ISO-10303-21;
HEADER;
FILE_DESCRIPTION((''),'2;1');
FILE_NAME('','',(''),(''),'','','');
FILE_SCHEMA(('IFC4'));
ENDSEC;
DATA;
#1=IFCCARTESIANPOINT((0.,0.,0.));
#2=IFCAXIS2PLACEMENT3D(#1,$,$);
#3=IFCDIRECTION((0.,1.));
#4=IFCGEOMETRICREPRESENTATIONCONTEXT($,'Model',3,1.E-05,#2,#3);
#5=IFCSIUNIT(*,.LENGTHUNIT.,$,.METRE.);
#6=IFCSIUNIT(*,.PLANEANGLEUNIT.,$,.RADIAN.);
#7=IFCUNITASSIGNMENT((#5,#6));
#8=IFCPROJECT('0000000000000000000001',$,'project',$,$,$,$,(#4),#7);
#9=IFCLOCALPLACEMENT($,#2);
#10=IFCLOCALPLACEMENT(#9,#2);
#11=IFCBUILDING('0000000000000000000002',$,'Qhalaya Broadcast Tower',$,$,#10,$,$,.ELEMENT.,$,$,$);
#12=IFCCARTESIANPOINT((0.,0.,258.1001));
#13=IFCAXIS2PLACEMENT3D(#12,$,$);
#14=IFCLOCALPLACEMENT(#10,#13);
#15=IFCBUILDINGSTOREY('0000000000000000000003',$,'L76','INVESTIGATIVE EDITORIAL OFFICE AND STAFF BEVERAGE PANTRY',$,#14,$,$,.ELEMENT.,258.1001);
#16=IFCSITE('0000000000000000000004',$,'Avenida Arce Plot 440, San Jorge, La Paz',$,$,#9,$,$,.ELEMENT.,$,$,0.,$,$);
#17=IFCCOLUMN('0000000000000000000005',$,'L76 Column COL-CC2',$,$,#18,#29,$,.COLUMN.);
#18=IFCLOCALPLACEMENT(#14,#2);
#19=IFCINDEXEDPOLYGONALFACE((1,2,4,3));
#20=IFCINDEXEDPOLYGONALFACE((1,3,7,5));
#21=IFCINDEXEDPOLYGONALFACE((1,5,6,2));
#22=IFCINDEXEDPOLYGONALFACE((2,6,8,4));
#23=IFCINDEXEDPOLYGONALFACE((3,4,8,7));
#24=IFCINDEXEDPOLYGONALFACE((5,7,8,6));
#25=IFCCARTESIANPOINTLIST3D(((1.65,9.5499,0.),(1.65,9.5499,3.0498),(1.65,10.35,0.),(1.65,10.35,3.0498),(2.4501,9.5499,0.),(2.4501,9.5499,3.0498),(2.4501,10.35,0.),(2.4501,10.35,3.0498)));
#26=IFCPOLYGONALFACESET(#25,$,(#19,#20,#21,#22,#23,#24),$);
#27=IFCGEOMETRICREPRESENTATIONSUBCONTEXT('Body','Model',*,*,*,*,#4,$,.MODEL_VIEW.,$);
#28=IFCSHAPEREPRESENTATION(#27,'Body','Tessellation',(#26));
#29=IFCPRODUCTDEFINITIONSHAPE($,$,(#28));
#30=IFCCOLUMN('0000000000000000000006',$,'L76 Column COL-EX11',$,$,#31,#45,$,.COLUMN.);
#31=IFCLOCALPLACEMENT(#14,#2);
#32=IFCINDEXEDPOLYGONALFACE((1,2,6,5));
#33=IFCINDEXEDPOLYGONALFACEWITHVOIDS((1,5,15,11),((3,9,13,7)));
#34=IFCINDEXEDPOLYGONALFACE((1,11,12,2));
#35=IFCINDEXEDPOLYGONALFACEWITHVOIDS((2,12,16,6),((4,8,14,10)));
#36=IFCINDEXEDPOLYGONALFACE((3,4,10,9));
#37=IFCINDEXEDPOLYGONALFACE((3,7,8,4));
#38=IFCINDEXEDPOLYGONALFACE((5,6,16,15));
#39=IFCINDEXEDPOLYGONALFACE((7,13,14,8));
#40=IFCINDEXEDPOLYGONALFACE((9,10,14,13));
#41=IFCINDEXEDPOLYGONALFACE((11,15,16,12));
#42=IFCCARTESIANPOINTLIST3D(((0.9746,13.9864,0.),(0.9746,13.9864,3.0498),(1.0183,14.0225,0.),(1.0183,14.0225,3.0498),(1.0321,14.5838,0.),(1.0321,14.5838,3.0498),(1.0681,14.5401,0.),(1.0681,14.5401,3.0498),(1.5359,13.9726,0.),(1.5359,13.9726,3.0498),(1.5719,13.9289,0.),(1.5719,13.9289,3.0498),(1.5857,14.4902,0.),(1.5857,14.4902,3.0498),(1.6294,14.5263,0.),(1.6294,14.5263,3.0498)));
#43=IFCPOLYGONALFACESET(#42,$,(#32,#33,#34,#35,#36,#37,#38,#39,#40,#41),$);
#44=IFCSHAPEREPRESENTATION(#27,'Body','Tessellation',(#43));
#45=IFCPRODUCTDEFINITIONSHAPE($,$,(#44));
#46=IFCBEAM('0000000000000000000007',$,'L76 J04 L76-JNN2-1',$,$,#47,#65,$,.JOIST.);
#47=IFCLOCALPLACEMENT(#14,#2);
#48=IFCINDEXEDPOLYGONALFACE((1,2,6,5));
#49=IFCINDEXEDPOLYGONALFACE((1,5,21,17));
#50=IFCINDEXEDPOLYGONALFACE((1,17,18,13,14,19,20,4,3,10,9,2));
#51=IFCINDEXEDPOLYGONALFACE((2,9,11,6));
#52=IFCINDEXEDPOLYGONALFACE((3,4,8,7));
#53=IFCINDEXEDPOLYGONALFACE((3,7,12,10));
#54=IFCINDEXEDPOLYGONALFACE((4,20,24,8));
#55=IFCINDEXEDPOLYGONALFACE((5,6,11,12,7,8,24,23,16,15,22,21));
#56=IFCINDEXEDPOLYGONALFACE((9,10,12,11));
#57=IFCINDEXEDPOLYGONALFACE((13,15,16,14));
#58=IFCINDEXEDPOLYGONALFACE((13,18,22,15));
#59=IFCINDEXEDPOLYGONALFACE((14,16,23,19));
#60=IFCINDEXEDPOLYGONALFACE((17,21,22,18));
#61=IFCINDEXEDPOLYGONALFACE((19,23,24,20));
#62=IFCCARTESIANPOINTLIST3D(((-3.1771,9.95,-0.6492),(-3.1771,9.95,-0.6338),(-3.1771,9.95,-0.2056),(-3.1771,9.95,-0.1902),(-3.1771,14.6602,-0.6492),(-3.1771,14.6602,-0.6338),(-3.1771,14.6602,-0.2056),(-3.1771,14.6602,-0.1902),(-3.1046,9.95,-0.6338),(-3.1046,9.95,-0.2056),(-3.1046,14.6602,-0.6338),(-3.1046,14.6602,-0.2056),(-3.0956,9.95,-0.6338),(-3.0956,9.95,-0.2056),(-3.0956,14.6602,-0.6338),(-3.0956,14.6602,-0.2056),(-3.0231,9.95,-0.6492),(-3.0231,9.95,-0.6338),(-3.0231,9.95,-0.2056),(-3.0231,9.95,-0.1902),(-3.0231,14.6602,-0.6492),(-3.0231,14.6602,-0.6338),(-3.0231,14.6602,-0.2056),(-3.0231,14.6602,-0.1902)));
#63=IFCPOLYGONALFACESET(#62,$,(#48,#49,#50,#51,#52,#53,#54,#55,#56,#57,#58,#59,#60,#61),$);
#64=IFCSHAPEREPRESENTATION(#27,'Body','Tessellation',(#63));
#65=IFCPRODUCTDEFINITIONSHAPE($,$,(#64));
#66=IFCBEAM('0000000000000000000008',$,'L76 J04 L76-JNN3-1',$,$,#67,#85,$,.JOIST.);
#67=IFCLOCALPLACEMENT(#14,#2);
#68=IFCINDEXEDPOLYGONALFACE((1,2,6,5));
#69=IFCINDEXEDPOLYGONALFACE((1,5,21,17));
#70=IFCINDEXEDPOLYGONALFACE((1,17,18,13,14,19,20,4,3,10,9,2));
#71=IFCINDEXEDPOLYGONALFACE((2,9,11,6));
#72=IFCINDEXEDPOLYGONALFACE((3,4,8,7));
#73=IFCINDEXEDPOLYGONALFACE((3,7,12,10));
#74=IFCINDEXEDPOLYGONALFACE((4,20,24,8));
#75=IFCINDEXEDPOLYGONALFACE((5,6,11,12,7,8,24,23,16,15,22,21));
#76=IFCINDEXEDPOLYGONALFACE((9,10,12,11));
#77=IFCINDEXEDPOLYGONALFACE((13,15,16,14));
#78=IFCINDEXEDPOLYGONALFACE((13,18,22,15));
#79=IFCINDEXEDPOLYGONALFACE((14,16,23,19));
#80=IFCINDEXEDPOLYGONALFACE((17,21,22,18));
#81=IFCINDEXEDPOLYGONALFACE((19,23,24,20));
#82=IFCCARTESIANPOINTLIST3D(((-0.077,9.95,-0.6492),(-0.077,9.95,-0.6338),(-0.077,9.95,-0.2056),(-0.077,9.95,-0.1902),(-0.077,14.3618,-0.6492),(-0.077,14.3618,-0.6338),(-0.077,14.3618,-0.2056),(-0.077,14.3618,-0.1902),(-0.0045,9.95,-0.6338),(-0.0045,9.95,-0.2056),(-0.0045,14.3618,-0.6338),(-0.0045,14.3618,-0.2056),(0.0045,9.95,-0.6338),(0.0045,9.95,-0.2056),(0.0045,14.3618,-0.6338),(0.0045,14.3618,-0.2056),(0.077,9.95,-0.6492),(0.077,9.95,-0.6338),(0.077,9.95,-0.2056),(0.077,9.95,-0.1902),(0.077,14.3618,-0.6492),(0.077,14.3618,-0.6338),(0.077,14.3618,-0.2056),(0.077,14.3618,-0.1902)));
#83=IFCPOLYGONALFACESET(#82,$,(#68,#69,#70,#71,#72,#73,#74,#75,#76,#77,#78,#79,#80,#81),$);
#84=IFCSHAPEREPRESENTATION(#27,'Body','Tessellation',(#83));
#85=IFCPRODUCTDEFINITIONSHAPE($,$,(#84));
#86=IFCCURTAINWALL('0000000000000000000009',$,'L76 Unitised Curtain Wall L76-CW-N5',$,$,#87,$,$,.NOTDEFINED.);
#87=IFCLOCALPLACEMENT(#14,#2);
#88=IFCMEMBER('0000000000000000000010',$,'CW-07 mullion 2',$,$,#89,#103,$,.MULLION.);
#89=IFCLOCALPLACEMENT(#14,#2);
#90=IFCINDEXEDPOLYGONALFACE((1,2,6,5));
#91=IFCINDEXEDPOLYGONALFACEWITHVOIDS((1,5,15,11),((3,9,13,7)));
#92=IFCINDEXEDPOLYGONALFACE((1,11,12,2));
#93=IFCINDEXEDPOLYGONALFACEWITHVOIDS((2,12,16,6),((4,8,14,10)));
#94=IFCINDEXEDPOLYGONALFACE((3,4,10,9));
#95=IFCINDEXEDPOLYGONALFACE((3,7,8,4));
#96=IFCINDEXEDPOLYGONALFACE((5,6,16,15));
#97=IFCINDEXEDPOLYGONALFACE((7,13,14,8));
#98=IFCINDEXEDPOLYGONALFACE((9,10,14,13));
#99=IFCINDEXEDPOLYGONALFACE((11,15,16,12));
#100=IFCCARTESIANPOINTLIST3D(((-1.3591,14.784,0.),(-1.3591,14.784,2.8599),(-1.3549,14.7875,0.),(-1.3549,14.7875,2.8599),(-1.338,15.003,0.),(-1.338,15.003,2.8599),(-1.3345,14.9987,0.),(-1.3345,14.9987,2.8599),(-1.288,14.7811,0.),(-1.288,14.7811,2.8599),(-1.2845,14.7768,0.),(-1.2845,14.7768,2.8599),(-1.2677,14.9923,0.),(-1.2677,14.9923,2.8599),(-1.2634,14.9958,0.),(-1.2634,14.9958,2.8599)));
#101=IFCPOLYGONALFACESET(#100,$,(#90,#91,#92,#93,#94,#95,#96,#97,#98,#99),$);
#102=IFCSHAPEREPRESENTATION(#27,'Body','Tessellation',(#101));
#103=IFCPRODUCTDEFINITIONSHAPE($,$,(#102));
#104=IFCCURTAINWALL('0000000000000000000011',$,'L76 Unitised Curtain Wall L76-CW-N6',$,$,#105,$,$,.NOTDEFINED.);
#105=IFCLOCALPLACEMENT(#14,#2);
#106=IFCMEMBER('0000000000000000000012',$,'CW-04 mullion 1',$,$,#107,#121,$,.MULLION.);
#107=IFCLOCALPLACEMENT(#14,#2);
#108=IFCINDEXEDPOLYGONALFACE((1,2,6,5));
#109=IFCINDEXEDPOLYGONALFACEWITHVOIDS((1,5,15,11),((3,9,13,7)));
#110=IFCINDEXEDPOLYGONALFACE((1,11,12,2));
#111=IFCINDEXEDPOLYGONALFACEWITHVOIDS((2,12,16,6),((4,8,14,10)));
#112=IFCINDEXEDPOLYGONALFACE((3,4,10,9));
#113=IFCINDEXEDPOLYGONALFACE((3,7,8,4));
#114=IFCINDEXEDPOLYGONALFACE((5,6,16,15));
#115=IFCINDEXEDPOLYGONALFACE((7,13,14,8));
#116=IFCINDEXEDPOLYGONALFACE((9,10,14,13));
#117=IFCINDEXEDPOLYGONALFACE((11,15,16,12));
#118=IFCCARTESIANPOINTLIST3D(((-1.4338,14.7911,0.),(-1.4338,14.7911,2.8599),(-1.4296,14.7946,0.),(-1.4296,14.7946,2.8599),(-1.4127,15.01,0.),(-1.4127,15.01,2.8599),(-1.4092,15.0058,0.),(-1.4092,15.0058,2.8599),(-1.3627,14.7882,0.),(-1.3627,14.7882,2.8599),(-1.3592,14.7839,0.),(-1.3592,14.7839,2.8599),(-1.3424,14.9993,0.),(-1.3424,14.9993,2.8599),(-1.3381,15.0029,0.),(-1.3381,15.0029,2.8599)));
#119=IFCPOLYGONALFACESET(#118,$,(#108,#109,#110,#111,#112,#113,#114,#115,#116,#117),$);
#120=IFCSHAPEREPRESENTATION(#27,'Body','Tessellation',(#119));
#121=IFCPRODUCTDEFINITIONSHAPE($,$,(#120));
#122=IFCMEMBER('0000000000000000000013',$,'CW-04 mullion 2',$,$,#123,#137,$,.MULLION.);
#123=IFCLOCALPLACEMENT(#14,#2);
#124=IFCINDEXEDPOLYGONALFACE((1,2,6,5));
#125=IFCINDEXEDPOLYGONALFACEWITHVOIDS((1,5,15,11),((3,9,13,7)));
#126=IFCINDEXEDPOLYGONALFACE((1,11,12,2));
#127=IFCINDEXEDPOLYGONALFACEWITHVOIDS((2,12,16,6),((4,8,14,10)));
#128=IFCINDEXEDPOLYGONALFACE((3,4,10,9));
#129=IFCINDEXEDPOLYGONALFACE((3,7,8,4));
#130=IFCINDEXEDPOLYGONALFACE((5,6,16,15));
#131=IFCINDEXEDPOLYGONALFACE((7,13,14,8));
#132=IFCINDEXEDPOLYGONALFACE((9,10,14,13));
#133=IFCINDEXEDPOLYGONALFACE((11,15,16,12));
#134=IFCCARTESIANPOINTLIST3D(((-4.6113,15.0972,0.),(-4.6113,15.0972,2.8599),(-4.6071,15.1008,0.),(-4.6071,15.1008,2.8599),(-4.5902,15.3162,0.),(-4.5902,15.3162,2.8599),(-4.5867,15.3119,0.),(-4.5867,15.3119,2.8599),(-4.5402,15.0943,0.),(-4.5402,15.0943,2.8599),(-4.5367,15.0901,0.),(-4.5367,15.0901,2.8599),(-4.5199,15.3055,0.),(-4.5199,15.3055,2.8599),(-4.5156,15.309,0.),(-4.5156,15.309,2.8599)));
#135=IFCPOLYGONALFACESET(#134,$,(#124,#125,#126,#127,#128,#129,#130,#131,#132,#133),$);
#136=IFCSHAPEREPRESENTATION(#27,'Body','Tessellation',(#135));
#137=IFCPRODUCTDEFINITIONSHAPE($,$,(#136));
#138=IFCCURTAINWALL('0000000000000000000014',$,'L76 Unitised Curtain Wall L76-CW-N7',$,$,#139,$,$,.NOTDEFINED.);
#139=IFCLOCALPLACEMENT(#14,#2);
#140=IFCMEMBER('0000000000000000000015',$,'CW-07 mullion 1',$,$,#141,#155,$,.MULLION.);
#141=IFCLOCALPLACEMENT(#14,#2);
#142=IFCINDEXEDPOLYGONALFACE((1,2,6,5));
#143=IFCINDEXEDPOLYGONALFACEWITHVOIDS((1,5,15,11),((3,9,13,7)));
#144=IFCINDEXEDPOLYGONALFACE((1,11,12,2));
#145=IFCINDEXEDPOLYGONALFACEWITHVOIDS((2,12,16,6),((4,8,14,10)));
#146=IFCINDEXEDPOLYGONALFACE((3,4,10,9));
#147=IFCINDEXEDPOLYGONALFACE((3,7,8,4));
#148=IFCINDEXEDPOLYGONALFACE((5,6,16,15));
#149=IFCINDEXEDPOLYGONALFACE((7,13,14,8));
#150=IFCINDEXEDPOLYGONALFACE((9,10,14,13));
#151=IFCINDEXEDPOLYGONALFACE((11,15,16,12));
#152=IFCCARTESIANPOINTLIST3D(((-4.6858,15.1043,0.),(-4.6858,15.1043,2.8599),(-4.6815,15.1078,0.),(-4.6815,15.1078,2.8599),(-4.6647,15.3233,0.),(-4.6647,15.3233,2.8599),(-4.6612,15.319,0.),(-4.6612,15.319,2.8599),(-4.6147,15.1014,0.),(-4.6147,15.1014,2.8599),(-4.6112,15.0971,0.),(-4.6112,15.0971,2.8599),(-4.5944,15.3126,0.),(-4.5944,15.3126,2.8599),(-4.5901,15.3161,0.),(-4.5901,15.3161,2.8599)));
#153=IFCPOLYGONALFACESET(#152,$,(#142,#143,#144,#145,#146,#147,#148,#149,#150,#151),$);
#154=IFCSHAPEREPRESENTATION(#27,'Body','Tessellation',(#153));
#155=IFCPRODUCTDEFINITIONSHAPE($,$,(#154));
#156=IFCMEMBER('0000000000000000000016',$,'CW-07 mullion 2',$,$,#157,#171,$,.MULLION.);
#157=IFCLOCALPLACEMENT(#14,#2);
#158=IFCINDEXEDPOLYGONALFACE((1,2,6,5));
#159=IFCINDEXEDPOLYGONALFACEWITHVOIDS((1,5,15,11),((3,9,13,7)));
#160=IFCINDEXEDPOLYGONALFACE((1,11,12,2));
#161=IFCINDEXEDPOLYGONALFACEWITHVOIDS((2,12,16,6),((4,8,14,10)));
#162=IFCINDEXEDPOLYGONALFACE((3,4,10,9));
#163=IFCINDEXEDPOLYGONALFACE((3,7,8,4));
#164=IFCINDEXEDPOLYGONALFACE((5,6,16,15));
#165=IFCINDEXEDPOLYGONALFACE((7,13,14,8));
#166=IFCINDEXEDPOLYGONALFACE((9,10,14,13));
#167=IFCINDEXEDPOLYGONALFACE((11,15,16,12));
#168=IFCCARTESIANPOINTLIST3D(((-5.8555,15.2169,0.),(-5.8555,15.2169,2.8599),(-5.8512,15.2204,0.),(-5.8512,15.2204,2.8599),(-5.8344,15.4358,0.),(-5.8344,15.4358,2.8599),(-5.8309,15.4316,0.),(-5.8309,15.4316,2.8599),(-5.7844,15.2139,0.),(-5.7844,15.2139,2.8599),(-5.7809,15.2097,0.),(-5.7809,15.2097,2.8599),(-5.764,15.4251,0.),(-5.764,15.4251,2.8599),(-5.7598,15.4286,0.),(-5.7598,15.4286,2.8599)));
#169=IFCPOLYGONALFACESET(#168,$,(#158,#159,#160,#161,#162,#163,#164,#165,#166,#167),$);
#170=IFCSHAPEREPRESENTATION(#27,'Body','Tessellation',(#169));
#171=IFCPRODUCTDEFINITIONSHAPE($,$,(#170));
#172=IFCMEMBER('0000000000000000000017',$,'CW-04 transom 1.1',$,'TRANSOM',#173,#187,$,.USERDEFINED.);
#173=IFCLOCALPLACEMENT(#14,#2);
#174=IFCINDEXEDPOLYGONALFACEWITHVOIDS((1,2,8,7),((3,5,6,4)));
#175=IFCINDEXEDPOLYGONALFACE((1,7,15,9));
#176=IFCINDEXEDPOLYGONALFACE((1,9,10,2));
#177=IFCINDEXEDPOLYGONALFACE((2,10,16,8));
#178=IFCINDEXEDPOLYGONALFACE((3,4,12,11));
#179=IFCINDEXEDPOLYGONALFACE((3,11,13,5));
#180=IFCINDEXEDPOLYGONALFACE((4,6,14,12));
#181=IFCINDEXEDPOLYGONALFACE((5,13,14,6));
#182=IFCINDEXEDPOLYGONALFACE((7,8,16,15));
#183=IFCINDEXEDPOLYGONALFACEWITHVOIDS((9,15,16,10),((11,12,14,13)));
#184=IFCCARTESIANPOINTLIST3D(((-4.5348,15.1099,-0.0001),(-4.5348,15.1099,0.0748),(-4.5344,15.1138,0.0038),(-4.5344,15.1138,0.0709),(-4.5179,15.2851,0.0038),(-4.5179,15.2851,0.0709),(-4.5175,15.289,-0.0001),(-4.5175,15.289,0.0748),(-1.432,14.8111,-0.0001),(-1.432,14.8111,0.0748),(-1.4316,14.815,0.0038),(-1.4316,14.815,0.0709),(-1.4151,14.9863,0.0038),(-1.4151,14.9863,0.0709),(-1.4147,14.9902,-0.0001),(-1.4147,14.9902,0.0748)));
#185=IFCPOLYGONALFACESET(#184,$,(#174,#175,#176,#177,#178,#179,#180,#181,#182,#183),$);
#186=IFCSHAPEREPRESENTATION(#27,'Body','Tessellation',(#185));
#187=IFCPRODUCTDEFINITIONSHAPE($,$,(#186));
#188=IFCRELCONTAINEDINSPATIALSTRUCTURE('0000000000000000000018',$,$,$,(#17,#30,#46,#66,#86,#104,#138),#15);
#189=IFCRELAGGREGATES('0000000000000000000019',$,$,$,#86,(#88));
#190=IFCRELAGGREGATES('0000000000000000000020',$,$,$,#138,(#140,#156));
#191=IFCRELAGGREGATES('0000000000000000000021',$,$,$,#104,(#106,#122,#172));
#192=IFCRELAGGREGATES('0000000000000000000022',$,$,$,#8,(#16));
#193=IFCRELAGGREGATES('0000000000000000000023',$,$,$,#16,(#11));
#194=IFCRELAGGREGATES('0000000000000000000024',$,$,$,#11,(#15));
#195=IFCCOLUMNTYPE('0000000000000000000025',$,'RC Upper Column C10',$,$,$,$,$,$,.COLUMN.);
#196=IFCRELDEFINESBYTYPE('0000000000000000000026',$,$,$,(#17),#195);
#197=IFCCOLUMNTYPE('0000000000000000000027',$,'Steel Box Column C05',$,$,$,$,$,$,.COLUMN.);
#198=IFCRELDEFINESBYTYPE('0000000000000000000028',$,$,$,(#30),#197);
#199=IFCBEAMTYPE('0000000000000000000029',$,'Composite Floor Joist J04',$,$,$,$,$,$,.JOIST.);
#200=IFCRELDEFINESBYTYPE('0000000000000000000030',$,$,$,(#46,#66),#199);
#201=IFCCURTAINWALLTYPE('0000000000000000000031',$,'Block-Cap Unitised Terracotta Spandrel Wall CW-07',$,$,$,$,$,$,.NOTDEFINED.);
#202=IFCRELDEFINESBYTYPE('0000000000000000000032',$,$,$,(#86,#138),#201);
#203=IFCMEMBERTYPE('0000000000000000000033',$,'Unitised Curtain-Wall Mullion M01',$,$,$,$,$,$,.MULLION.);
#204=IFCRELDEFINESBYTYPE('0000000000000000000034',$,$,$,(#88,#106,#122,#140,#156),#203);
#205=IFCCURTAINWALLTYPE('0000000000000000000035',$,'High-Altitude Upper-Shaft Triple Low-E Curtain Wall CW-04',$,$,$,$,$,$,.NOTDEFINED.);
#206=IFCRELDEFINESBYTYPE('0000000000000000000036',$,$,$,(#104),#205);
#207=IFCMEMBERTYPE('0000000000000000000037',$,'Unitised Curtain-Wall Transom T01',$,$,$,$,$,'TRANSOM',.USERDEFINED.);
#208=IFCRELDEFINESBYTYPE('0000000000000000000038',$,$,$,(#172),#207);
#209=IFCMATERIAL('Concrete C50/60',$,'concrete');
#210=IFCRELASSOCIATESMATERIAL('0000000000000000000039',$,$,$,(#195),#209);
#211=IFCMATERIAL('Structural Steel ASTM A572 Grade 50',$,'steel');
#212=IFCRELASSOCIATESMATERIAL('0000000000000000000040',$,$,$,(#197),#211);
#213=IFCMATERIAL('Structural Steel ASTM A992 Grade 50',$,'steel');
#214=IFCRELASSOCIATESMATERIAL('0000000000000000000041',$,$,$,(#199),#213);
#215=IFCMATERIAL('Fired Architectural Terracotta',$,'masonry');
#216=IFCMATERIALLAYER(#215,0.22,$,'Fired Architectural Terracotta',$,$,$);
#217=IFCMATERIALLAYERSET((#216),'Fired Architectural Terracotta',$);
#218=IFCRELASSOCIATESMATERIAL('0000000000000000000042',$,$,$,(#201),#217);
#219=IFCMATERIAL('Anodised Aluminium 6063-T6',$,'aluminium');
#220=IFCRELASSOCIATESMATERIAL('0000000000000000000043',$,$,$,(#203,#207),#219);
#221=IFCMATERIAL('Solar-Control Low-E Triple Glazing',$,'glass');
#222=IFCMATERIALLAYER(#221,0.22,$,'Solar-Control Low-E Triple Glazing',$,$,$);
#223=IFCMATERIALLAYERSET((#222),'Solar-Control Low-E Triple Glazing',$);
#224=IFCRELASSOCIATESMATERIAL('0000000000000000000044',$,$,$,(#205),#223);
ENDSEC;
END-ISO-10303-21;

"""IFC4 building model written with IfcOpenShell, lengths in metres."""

from ifc_helpers import new_model, si_unit, direction, frame, origin, origin_2d, place, context, subcontext, project, spatial, rectangle, hollow_rectangle, i_section, extrude, material, layer, layer_set, material_profile, profile_set, type_object, element, aggregate, save


model = new_model("IFC4")

# Units and contexts
model_context = context("Model", 3, precision=1e-05, world=origin(), true_north=direction((0.0, 1.0)))
body_context = subcontext(model_context, "Body", "Model", "MODEL_VIEW")
ifc_project = project(units=[si_unit("LENGTHUNIT", "METRE"), si_unit("PLANEANGLEUNIT", "RADIAN")], contexts=[model_context])

# Site, building, storey
site_placement = place(None, origin())
site = spatial("IfcSite", under=ifc_project, at=site_placement, Name="Avenida Arce Plot 440, San Jorge, La Paz", CompositionType="ELEMENT", RefElevation=0.0)
building_placement = place(site_placement, origin())
building = spatial("IfcBuilding", under=site, at=building_placement, Name="Qhalaya Broadcast Tower", CompositionType="ELEMENT")
storey_placement = place(building_placement, frame((0.0, 0.0, 258.1001)))
storey = spatial("IfcBuildingStorey", under=building, at=storey_placement, Name="L76", Description="INVESTIGATIVE EDITORIAL OFFICE AND STAFF BEVERAGE PANTRY", CompositionType="ELEMENT", Elevation=258.1001)

# Columns
ifc_material_1 = material(Name="Concrete C50/60", Category="concrete")
ifc_material_profile_1 = material_profile(ifc_material_1, rectangle(XDim=0.8, YDim=0.8, at=origin_2d()), Name="RC-COL 800x800")
ifc_profile_set_1 = profile_set([ifc_material_profile_1], Name="Concrete C50/60")
column_type_1 = type_object("IfcColumnType", Name="RC Upper Column C10", PredefinedType="COLUMN", material=ifc_profile_set_1)
column_1_placement = place(storey_placement, frame((2.05, 9.95, 0.0), z_axis=(0.0, 0.0, 1.0), x_axis=(1.0, 0.0, 0.0)))
element("IfcColumn", 1, at=column_1_placement, inside=storey, type_object=column_type_1, Name="L76 Column COL-CC2", PredefinedType="COLUMN", context=body_context, shape_type="SweptSolid", body=[
    extrude(rectangle(XDim=0.8, YDim=0.8, at=origin_2d()), origin(), (0.0, 0.0, 1.0), 3.0498),
])
ifc_material_2 = material(Name="Structural Steel ASTM A572 Grade 50", Category="steel")
ifc_material_profile_2 = material_profile(ifc_material_2, hollow_rectangle(XDim=0.6001, YDim=0.6001, WallThickness=0.04, at=origin_2d()), Name="BOX 600x600x40")
ifc_profile_set_2 = profile_set([ifc_material_profile_2], Name="Structural Steel ASTM A572 Grade 50")
column_type_2 = type_object("IfcColumnType", Name="Steel Box Column C05", PredefinedType="COLUMN", material=ifc_profile_set_2)
column_2_placement = place(storey_placement, frame((1.302, 14.2563, 0.0), z_axis=(0.0, 0.0, 1.0), x_axis=(0.995396, -0.095846, 0.0)))
element("IfcColumn", 2, at=column_2_placement, inside=storey, type_object=column_type_2, Name="L76 Column COL-EX11", PredefinedType="COLUMN", context=body_context, shape_type="SweptSolid", body=[
    extrude(hollow_rectangle(XDim=0.6001, YDim=0.6001, WallThickness=0.04, at=origin_2d()), origin(), (0.0, 0.0, 1.0), 3.0498),
])

# Beams
ifc_material_3 = material(Name="Structural Steel ASTM A992 Grade 50", Category="steel")
ifc_material_profile_3 = material_profile(ifc_material_3, i_section(OverallWidth=0.1541, OverallDepth=0.459, WebThickness=0.009, FlangeThickness=0.0154, at=origin_2d()), Name="W18X46")
ifc_profile_set_3 = profile_set([ifc_material_profile_3], Name="Structural Steel ASTM A992 Grade 50")
beam_type_1 = type_object("IfcBeamType", Name="Composite Floor Joist J04", PredefinedType="JOIST", material=ifc_profile_set_3)
beam_1_placement = place(storey_placement, frame((-3.1001, 9.95, -0.4197), z_axis=(0.0, 1.0, 0.0), x_axis=(-1.0, 0.0, 0.0)))
element("IfcBeam", 3, at=beam_1_placement, inside=storey, type_object=beam_type_1, Name="L76 J04 L76-JNN2-1", PredefinedType="JOIST", context=body_context, shape_type="SweptSolid", body=[
    extrude(i_section(OverallWidth=0.1541, OverallDepth=0.459, WebThickness=0.009, FlangeThickness=0.0154, at=origin_2d()), origin(), (0.0, 0.0, 1.0), 4.7102),
])
beam_2_placement = place(storey_placement, frame((0.0, 9.95, -0.4197), z_axis=(0.0, 1.0, 0.0), x_axis=(-1.0, 0.0, 0.0)))
element("IfcBeam", 4, at=beam_2_placement, inside=storey, type_object=beam_type_1, Name="L76 J04 L76-JNN3-1", PredefinedType="JOIST", context=body_context, shape_type="SweptSolid", body=[
    extrude(i_section(OverallWidth=0.1541, OverallDepth=0.459, WebThickness=0.009, FlangeThickness=0.0154, at=origin_2d()), origin(), (0.0, 0.0, 1.0), 4.4119),
])

# Curtain wall, member
ifc_material_4 = material(Name="Fired Architectural Terracotta", Category="masonry")
ifc_layer_1 = layer(ifc_material_4, 0.22, Name="Fired Architectural Terracotta")
ifc_layer_set_1 = layer_set([ifc_layer_1], Name="Fired Architectural Terracotta")
curtain_wall_type_1 = type_object("IfcCurtainWallType", Name="Block-Cap Unitised Terracotta Spandrel Wall CW-07", PredefinedType="NOTDEFINED", material=ifc_layer_set_1)
curtain_wall_1_placement = place(storey_placement, origin())
curtain_wall_1 = element("IfcCurtainWall", 5, at=curtain_wall_1_placement, inside=storey, type_object=curtain_wall_type_1, Name="L76 Unitised Curtain Wall L76-CW-N5", PredefinedType="NOTDEFINED")
ifc_material_5 = material(Name="Anodised Aluminium 6063-T6", Category="aluminium")
ifc_material_profile_4 = material_profile(ifc_material_5, hollow_rectangle(XDim=0.075, YDim=0.22, WallThickness=0.0039, at=origin_2d()), Name="ALU-MUL 75x220x4")
ifc_profile_set_4 = profile_set([ifc_material_profile_4], Name="Anodised Aluminium 6063-T6")
member_type_1 = type_object("IfcMemberType", Name="Unitised Curtain-Wall Mullion M01", PredefinedType="MULLION", material=ifc_profile_set_4)
member_1_placement = place(storey_placement, frame((-1.3113, 14.8899, 0.0), z_axis=(0.0, 0.0, 1.0), x_axis=(-0.995395, 0.09586, 0.0)))
member_1 = element("IfcMember", 6, at=member_1_placement, type_object=member_type_1, Name="CW-07 mullion 2", PredefinedType="MULLION", context=body_context, shape_type="SweptSolid", body=[
    extrude(hollow_rectangle(XDim=0.075, YDim=0.22, WallThickness=0.0039, at=origin_2d()), origin(), (0.0, 0.0, 1.0), 2.8599),
])

# Curtain walls, members
ifc_material_6 = material(Name="Solar-Control Low-E Triple Glazing", Category="glass")
ifc_layer_2 = layer(ifc_material_6, 0.22, Name="Solar-Control Low-E Triple Glazing")
ifc_layer_set_2 = layer_set([ifc_layer_2], Name="Solar-Control Low-E Triple Glazing")
curtain_wall_type_2 = type_object("IfcCurtainWallType", Name="High-Altitude Upper-Shaft Triple Low-E Curtain Wall CW-04", PredefinedType="NOTDEFINED", material=ifc_layer_set_2)
curtain_wall_2_placement = place(storey_placement, origin())
curtain_wall_2 = element("IfcCurtainWall", 7, at=curtain_wall_2_placement, inside=storey, type_object=curtain_wall_type_2, Name="L76 Unitised Curtain Wall L76-CW-N6", PredefinedType="NOTDEFINED")
member_2_placement = place(storey_placement, frame((-1.386, 14.897, 0.0), z_axis=(0.0, 0.0, 1.0), x_axis=(-0.995397, 0.095836, 0.0)))
member_2 = element("IfcMember", 8, at=member_2_placement, type_object=member_type_1, Name="CW-04 mullion 1", PredefinedType="MULLION", context=body_context, shape_type="SweptSolid", body=[
    extrude(hollow_rectangle(XDim=0.075, YDim=0.22, WallThickness=0.0039, at=origin_2d()), origin(), (0.0, 0.0, 1.0), 2.8599),
])
member_3_placement = place(storey_placement, frame((-4.5635, 15.2031, 0.0), z_axis=(0.0, 0.0, 1.0), x_axis=(-0.995397, 0.095836, 0.0)))
member_3 = element("IfcMember", 9, at=member_3_placement, type_object=member_type_1, Name="CW-04 mullion 2", PredefinedType="MULLION", context=body_context, shape_type="SweptSolid", body=[
    extrude(hollow_rectangle(XDim=0.075, YDim=0.22, WallThickness=0.0039, at=origin_2d()), origin(), (0.0, 0.0, 1.0), 2.8599),
])
curtain_wall_3_placement = place(storey_placement, origin())
curtain_wall_3 = element("IfcCurtainWall", 10, at=curtain_wall_3_placement, inside=storey, type_object=curtain_wall_type_1, Name="L76 Unitised Curtain Wall L76-CW-N7", PredefinedType="NOTDEFINED")
member_4_placement = place(storey_placement, frame((-4.6379, 15.2102, 0.0), z_axis=(0.0, 0.0, 1.0), x_axis=(-0.995396, 0.095844, 0.0)))
member_4 = element("IfcMember", 11, at=member_4_placement, type_object=member_type_1, Name="CW-07 mullion 1", PredefinedType="MULLION", context=body_context, shape_type="SweptSolid", body=[
    extrude(hollow_rectangle(XDim=0.075, YDim=0.22, WallThickness=0.0039, at=origin_2d()), origin(), (0.0, 0.0, 1.0), 2.8599),
])
member_5_placement = place(storey_placement, frame((-5.8076, 15.3228, 0.0), z_axis=(0.0, 0.0, 1.0), x_axis=(-0.995396, 0.095844, 0.0)))
member_5 = element("IfcMember", 12, at=member_5_placement, type_object=member_type_1, Name="CW-07 mullion 2", PredefinedType="MULLION", context=body_context, shape_type="SweptSolid", body=[
    extrude(hollow_rectangle(XDim=0.075, YDim=0.22, WallThickness=0.0039, at=origin_2d()), origin(), (0.0, 0.0, 1.0), 2.8599),
])

# Member
ifc_material_profile_5 = material_profile(ifc_material_5, hollow_rectangle(XDim=0.075, YDim=0.1799, WallThickness=0.0039, at=origin_2d()), Name="ALU-TRN 75x180x4")
ifc_profile_set_5 = profile_set([ifc_material_profile_5], Name="Anodised Aluminium 6063-T6")
member_type_2 = type_object("IfcMemberType", Name="Unitised Curtain-Wall Transom T01", ElementType="TRANSOM", PredefinedType="USERDEFINED", material=ifc_profile_set_5)
member_6_placement = place(storey_placement, frame((-1.4233, 14.9006, 0.0374), z_axis=(-0.995394, 0.095866, 0.0), x_axis=(0.0, 0.0, 1.0)))
member_6 = element("IfcMember", 13, at=member_6_placement, type_object=member_type_2, Name="CW-04 transom 1.1", ObjectType="TRANSOM", PredefinedType="USERDEFINED", context=body_context, shape_type="SweptSolid", body=[
    extrude(hollow_rectangle(XDim=0.075, YDim=0.1799, WallThickness=0.0039, at=origin_2d()), origin(), (0.0, 0.0, 1.0), 3.1172),
])

aggregate(curtain_wall_1, [member_1])
aggregate(curtain_wall_3, [member_4, member_5])
aggregate(curtain_wall_2, [member_2, member_3, member_6])

save(model, "model.ifc")
